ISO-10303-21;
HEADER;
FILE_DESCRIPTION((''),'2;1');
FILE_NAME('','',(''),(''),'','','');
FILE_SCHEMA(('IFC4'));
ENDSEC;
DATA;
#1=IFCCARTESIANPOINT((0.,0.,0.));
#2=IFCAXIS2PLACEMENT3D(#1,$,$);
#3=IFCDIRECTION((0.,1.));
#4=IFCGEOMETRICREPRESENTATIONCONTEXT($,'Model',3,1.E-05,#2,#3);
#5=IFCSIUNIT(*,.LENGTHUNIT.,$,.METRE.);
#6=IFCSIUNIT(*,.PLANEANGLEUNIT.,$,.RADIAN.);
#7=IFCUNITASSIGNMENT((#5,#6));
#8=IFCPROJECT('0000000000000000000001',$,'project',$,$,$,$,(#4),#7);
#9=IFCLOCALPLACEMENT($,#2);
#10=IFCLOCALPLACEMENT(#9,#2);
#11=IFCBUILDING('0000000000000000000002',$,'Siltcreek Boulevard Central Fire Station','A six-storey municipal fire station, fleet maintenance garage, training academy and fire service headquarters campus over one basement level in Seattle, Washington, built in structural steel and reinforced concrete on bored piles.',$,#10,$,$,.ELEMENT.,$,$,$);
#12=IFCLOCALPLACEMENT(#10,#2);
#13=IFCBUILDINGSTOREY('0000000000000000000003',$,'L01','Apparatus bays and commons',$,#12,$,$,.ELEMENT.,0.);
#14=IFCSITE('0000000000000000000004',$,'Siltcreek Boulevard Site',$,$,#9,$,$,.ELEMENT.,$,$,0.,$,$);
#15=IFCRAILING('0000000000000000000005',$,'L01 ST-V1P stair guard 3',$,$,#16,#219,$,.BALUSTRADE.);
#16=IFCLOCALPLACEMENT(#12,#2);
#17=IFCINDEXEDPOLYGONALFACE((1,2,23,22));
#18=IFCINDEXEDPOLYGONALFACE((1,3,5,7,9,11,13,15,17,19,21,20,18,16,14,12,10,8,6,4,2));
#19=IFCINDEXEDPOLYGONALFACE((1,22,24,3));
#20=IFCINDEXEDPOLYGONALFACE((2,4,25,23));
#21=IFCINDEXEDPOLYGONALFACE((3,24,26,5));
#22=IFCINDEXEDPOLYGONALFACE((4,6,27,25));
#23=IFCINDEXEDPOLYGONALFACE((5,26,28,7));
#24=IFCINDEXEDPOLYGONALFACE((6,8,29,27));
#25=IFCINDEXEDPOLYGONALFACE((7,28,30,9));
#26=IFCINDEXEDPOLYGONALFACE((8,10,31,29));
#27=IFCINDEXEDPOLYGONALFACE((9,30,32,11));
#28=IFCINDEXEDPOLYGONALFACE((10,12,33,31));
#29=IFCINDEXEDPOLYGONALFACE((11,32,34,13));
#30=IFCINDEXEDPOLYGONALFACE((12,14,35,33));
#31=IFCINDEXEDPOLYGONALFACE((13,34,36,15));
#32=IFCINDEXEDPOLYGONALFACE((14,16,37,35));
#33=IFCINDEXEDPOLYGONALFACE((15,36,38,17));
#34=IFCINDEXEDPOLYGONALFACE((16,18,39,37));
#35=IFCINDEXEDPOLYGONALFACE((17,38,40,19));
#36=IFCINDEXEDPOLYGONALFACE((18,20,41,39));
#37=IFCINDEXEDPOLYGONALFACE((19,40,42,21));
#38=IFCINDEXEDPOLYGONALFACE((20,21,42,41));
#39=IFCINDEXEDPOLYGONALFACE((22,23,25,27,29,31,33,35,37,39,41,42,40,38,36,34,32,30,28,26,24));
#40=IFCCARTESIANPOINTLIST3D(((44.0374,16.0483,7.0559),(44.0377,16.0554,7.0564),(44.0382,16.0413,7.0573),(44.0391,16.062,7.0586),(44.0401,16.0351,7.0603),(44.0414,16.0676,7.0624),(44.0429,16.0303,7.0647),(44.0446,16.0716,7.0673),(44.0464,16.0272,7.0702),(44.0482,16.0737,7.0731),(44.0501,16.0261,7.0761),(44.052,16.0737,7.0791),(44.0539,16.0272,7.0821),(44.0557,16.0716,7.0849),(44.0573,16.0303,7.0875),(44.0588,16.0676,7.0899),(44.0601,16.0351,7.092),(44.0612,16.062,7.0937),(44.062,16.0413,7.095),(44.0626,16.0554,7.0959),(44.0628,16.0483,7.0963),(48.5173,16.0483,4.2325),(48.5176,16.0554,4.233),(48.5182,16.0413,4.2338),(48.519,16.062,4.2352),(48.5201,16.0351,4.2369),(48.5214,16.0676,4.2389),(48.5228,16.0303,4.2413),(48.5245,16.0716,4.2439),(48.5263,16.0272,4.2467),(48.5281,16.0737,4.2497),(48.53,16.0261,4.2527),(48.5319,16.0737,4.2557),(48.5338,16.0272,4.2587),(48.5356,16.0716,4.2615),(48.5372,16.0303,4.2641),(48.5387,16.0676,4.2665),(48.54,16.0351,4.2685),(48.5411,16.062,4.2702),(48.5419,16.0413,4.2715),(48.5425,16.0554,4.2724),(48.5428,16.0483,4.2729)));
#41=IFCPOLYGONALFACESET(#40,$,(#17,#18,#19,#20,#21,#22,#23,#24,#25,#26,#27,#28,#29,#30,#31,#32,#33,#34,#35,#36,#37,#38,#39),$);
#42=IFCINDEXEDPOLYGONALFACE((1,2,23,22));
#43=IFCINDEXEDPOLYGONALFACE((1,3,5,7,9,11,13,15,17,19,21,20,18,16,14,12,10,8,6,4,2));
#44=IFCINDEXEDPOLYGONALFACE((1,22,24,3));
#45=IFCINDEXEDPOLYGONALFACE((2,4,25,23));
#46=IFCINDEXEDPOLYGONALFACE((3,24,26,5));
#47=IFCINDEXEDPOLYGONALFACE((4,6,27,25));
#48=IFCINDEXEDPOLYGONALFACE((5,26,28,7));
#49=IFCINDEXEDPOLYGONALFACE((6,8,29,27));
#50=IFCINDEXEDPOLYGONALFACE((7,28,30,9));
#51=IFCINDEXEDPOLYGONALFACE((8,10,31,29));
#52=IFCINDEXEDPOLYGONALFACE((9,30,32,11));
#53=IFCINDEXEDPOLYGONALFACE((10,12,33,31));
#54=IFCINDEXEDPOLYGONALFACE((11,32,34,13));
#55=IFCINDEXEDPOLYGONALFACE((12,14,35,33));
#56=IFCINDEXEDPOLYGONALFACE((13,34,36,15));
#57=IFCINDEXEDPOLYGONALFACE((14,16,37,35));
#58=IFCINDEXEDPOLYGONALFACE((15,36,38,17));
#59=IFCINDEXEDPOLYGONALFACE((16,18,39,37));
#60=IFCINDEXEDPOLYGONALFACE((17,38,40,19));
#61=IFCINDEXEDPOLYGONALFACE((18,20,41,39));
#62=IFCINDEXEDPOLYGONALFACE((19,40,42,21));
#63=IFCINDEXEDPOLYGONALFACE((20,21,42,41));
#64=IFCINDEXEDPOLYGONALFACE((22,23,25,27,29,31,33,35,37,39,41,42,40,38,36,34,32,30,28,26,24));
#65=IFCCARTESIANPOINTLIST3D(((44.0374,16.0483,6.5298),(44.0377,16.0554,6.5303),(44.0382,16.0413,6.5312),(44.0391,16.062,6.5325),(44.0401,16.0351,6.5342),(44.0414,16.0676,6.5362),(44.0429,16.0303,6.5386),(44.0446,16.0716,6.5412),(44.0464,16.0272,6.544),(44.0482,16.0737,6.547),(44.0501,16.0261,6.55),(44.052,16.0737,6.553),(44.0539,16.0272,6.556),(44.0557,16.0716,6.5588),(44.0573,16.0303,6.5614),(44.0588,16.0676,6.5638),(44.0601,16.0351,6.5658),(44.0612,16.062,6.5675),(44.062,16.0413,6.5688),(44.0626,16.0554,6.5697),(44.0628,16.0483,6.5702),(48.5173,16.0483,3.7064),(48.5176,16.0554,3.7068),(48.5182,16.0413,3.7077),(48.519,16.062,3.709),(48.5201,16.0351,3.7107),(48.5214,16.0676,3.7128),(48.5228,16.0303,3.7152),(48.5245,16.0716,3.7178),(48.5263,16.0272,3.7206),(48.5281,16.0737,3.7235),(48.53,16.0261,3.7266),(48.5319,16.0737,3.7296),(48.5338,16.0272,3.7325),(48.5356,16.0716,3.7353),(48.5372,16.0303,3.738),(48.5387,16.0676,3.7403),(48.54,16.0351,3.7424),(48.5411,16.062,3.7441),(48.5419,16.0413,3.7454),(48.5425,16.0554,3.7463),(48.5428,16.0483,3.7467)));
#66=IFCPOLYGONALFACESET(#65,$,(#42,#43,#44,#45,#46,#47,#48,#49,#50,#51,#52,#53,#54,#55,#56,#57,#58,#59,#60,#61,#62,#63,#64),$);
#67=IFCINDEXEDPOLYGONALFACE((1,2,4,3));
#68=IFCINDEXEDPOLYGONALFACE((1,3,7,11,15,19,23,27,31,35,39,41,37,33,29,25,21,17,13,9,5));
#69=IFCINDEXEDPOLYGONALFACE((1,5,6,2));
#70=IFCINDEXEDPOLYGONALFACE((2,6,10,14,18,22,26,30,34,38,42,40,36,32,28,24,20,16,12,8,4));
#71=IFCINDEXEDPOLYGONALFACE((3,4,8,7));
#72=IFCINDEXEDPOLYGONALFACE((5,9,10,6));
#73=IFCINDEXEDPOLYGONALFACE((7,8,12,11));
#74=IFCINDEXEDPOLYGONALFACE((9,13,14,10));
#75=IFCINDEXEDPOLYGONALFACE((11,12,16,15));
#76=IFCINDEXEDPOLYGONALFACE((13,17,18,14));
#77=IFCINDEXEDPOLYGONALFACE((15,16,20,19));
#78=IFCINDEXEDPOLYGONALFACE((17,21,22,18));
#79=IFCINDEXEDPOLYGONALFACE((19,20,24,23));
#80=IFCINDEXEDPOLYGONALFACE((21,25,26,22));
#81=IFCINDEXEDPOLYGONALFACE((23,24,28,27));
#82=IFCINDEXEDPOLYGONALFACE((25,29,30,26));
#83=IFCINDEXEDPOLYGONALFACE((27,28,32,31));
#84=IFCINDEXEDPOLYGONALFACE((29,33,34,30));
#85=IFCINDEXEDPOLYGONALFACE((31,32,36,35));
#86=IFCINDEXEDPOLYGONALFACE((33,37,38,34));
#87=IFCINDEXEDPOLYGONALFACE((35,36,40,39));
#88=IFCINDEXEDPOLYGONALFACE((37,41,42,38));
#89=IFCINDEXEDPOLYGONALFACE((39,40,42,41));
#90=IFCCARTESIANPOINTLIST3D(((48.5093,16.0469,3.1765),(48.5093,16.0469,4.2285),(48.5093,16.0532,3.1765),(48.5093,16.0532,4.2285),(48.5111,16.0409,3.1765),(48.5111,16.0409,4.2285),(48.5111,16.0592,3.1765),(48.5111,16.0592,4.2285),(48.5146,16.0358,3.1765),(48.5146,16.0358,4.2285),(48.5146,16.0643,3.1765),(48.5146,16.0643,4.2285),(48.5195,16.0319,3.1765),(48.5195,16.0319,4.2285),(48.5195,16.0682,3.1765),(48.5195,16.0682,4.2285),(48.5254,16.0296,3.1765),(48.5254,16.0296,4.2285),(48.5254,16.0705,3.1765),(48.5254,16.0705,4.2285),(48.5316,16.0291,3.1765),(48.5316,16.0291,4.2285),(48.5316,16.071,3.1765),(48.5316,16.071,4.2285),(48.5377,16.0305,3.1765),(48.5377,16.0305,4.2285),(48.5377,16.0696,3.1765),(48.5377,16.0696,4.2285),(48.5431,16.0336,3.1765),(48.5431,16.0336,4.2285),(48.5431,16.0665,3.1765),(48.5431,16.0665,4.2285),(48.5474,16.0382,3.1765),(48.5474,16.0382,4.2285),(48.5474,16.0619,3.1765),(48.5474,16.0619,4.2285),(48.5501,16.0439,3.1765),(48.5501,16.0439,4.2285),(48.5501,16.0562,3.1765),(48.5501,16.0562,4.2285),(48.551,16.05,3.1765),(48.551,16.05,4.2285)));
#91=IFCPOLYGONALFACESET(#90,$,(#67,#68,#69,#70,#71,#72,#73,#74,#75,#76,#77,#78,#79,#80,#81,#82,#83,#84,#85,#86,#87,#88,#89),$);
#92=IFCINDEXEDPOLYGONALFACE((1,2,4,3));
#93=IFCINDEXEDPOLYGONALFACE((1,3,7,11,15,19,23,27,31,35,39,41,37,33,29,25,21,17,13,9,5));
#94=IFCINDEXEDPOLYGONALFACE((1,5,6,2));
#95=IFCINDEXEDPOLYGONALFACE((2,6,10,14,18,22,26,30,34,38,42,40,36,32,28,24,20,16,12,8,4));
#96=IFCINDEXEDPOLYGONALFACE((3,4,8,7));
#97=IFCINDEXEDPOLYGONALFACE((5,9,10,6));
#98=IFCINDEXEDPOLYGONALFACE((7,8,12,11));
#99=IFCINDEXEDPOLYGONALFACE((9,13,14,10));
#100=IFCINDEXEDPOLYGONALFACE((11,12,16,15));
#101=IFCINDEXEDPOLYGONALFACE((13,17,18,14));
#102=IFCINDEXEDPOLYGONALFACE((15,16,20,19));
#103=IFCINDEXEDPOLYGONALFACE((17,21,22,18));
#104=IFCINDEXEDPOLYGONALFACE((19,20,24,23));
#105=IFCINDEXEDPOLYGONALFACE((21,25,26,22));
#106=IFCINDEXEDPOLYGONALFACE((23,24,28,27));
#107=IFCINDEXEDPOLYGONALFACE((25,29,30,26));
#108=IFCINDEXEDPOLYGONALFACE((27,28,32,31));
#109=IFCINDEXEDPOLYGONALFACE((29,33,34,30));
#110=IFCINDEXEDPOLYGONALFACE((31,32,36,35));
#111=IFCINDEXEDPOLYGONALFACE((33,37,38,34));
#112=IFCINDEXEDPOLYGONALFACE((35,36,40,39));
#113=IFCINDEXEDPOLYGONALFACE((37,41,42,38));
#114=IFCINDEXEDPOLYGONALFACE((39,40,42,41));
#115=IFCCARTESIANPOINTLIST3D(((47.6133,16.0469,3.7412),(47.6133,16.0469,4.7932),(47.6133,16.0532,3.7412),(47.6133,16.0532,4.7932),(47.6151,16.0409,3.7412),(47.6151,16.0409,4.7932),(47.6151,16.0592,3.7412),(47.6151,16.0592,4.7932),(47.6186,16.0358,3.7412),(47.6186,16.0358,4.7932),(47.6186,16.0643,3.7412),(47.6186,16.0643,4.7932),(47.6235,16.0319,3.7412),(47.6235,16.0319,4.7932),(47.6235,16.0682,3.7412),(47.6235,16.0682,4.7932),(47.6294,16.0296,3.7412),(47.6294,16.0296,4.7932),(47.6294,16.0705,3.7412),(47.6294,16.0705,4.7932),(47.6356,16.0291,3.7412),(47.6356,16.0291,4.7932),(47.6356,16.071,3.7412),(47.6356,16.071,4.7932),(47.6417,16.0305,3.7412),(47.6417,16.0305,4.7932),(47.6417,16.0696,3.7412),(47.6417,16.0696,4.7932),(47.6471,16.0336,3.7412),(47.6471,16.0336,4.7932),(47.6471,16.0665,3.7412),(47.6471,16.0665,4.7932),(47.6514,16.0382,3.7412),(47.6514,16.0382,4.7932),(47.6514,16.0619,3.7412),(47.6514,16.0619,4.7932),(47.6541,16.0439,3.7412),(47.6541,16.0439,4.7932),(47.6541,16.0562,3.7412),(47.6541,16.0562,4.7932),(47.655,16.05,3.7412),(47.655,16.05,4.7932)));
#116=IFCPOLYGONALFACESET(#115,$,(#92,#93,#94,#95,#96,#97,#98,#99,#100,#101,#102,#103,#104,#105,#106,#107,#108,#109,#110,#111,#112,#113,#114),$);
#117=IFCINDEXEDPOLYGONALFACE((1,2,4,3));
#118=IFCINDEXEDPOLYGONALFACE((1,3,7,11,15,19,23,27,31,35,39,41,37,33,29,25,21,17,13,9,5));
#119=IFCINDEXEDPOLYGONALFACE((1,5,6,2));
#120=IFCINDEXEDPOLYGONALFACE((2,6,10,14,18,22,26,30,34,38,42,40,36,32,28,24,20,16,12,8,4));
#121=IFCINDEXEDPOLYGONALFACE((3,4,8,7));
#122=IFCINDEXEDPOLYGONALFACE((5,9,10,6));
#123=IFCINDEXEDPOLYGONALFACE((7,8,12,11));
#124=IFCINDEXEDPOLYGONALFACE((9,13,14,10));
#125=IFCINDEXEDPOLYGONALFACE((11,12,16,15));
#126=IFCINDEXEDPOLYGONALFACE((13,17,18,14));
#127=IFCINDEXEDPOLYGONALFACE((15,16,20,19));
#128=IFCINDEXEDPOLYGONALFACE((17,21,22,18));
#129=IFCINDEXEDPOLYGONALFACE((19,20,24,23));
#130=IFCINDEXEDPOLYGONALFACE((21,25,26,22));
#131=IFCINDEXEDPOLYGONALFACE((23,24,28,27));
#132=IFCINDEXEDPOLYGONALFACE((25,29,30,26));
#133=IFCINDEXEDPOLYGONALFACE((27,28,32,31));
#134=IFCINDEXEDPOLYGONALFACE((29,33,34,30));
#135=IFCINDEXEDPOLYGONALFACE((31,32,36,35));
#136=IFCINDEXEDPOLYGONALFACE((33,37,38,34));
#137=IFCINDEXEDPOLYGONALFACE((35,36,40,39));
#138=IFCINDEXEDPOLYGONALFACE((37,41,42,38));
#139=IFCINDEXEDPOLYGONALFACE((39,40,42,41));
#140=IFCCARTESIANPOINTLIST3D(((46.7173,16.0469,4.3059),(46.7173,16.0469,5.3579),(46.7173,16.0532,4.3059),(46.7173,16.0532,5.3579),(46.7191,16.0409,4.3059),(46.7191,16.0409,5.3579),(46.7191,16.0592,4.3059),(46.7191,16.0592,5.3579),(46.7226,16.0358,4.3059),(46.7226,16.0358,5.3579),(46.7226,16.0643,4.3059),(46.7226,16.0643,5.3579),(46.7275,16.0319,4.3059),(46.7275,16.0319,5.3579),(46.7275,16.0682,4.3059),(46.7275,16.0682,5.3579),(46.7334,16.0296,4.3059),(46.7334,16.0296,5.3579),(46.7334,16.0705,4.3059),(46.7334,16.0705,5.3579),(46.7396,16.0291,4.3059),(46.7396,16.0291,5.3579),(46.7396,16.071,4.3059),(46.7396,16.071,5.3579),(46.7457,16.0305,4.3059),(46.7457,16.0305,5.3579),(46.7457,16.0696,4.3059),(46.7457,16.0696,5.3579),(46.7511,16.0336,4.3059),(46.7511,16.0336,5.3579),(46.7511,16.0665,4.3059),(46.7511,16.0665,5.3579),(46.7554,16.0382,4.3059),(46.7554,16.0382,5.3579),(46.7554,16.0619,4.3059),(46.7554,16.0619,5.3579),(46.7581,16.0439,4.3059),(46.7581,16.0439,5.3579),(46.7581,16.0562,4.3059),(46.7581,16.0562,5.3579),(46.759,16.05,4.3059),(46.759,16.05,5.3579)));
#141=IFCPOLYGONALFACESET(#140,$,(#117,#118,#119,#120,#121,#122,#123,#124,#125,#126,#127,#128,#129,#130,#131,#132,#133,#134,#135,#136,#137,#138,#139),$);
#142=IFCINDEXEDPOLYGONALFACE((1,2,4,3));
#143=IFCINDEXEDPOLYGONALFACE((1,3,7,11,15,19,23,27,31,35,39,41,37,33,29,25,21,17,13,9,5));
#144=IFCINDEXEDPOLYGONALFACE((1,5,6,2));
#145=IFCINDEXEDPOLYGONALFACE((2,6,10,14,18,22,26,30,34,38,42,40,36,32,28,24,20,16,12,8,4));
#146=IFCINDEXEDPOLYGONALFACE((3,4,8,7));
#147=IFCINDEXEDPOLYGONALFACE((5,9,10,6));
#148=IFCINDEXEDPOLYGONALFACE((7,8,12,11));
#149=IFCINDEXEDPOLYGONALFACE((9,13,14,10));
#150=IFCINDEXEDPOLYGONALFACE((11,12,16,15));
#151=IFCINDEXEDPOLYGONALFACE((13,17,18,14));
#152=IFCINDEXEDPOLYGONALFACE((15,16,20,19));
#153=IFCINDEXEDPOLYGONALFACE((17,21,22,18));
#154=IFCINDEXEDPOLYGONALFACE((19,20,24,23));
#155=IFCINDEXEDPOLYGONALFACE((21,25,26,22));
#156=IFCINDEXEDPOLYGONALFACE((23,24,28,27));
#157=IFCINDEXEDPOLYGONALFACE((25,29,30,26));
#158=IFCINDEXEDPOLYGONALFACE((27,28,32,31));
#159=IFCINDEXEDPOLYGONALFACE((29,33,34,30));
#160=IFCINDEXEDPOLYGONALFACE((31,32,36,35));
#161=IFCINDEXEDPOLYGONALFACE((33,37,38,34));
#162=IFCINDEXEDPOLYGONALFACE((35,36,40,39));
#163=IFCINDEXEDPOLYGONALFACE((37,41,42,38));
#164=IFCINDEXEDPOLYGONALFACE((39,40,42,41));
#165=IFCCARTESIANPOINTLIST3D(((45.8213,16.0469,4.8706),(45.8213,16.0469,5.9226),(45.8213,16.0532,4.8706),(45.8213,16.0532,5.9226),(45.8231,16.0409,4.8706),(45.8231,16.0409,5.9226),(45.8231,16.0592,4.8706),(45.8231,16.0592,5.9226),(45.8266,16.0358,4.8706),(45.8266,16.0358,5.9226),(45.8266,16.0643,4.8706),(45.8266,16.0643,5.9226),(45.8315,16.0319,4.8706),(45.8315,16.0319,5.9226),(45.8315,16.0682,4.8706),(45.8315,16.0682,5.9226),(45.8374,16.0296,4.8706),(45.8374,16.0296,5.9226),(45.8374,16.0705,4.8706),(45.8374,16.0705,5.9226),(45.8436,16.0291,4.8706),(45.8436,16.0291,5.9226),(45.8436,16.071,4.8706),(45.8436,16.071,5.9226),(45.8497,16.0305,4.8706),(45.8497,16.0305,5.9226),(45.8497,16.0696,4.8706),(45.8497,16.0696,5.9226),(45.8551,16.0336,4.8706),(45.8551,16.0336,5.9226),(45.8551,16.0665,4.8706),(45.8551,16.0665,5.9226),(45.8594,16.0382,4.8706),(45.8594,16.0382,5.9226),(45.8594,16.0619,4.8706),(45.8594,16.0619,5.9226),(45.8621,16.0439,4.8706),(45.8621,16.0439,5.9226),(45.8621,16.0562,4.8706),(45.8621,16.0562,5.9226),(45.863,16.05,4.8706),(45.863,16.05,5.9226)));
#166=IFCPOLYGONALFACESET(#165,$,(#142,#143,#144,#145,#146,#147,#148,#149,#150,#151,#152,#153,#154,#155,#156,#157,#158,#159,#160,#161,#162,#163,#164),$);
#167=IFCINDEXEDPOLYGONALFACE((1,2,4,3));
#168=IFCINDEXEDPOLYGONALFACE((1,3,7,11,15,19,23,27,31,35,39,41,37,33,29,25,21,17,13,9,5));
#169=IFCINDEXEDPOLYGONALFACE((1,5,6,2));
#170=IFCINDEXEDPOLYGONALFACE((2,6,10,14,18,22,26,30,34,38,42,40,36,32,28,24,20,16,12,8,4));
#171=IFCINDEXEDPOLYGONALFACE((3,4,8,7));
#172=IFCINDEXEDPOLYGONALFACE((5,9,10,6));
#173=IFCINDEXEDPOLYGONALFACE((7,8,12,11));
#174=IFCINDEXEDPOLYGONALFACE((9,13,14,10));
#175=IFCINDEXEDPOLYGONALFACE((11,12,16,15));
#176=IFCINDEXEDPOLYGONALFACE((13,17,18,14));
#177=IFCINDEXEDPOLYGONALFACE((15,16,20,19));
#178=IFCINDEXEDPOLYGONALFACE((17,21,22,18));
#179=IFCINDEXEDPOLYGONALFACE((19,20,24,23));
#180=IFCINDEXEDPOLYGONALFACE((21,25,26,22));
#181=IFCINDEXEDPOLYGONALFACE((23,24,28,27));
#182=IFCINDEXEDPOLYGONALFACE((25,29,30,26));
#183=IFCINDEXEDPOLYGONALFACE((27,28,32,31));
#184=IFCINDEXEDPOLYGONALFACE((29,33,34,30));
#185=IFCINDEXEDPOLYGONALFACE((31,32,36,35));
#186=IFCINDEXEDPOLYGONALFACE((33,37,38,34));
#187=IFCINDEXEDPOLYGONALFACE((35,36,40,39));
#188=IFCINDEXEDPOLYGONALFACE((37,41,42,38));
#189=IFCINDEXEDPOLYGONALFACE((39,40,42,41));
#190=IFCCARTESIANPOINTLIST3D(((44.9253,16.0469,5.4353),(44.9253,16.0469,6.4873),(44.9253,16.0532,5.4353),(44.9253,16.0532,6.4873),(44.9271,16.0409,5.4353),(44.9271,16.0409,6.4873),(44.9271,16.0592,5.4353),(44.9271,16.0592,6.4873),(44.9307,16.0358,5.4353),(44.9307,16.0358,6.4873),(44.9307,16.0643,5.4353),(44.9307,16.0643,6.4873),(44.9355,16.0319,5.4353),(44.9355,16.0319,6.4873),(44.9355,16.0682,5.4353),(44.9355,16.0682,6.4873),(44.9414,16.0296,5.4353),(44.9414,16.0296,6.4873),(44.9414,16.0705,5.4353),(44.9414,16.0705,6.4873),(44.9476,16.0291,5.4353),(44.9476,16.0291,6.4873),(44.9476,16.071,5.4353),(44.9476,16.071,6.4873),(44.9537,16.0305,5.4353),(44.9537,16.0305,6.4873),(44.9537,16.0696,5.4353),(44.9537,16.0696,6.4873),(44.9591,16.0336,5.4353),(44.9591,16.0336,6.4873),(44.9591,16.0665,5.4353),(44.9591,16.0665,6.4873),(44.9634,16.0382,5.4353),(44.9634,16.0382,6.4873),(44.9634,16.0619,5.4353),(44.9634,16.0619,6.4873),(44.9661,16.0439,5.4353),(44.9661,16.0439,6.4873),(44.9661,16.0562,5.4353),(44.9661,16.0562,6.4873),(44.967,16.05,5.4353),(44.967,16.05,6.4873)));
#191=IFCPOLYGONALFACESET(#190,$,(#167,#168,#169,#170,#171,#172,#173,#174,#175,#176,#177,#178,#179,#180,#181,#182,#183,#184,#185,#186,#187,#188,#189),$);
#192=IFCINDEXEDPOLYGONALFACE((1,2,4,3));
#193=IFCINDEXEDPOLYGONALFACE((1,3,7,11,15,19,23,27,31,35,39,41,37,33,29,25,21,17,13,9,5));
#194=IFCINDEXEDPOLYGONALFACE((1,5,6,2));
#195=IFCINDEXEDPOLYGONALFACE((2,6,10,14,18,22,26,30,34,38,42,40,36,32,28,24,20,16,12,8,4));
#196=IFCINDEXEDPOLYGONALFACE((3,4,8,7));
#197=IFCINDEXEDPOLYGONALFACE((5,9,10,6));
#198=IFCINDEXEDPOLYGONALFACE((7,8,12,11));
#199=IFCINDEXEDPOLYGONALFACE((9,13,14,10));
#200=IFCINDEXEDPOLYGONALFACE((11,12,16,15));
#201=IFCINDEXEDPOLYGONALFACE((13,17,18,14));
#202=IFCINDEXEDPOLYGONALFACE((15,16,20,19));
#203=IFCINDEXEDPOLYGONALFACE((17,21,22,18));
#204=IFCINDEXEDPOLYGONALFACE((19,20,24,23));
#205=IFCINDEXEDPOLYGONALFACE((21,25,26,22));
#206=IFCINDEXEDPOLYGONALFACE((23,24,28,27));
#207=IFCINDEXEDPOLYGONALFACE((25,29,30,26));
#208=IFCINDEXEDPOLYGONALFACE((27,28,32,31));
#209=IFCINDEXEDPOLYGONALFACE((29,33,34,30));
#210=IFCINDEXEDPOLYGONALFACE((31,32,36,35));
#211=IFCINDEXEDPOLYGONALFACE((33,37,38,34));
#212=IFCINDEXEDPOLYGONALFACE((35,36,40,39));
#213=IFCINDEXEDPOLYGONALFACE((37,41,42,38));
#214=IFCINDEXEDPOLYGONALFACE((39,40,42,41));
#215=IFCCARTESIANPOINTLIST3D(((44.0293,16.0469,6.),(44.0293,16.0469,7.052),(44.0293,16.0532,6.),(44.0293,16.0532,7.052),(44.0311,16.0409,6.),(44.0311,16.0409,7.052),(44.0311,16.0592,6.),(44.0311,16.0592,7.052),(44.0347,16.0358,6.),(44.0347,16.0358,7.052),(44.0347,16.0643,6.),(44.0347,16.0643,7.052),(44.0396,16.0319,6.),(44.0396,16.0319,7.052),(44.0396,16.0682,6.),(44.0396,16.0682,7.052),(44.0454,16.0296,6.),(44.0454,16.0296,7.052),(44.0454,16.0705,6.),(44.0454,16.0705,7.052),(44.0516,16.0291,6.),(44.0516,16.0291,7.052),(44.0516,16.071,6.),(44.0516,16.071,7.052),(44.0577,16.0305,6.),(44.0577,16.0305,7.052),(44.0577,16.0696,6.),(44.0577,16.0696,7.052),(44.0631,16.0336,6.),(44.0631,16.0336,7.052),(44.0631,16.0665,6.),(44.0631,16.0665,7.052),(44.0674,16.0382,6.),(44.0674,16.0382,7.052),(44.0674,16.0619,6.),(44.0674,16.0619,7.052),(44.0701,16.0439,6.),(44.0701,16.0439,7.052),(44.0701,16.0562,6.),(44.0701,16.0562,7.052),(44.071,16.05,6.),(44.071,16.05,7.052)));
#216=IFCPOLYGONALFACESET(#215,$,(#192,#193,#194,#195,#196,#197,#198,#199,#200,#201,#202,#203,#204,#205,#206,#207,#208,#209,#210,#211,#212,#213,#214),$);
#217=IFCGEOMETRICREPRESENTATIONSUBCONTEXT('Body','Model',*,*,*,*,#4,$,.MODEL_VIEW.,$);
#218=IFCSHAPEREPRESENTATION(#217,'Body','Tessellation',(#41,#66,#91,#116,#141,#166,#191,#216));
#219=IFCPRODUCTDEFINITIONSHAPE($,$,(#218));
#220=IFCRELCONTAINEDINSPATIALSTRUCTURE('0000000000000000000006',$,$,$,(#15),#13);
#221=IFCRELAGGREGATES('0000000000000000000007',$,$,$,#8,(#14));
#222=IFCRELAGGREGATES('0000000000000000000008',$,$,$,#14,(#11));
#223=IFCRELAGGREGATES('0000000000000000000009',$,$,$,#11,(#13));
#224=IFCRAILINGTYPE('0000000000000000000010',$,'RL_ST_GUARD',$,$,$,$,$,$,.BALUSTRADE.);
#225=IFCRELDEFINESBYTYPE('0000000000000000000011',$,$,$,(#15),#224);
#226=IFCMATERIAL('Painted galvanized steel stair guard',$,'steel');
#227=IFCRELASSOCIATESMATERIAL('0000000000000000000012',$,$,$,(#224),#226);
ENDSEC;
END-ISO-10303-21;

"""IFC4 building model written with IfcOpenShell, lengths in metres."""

from ifc_helpers import new_model, si_unit, direction, frame, origin, origin_2d, place, context, subcontext, project, spatial, circle, extrude, material, type_object, element, save


model = new_model("IFC4")

# Units and contexts
model_context = context("Model", 3, precision=1e-05, world=origin(), true_north=direction((0.0, 1.0)))
body_context = subcontext(model_context, "Body", "Model", "MODEL_VIEW")
ifc_project = project(units=[si_unit("LENGTHUNIT", "METRE"), si_unit("PLANEANGLEUNIT", "RADIAN")], contexts=[model_context])

# Site, building, storey
site_placement = place(None, origin())
site = spatial("IfcSite", under=ifc_project, at=site_placement, Name="Siltcreek Boulevard Site", CompositionType="ELEMENT", RefElevation=0.0)
building_placement = place(site_placement, origin())
building = spatial("IfcBuilding", under=site, at=building_placement, Name="Siltcreek Boulevard Central Fire Station", Description="A six-storey municipal fire station, fleet maintenance garage, training academy and fire service headquarters campus over one basement level in Seattle, Washington, built in structural steel and reinforced concrete on bored piles.", CompositionType="ELEMENT")
storey_placement = place(building_placement, origin())
storey = spatial("IfcBuildingStorey", under=building, at=storey_placement, Name="L01", Description="Apparatus bays and commons", CompositionType="ELEMENT", Elevation=0.0)

# Railing
ifc_material_1 = material(Name="Painted galvanized steel stair guard", Category="steel")
railing_type_1 = type_object("IfcRailingType", Name="RL_ST_GUARD", PredefinedType="BALUSTRADE", material=ifc_material_1)
railing_1_placement = place(storey_placement, frame((48.53, 16.05, 3.1765)))
element("IfcRailing", 1, at=railing_1_placement, inside=storey, type_object=railing_type_1, Name="L01 ST-V1P stair guard 3", PredefinedType="BALUSTRADE", context=body_context, shape_type="SweptSolid", body=[
    extrude(circle(Radius=0.0239, at=origin_2d()), frame((0.0, 0.0, 1.0762), z_axis=(-0.845998, 0.0, 0.533186), x_axis=(0.0, -1.0, 0.0)), (0.0, 0.0, 1.0), 5.2954),
    extrude(circle(Radius=0.0239, at=origin_2d()), frame((0.0, 0.0, 0.55), z_axis=(-0.845998, 0.0, 0.533186), x_axis=(0.0, -1.0, 0.0)), (0.0, 0.0, 1.0), 5.2954),
    extrude(circle(Radius=0.021, at=origin_2d()), origin(), (0.0, 0.0, 1.0), 1.052),
    extrude(circle(Radius=0.021, at=origin_2d()), frame((-0.896, 0.0, 0.5647)), (0.0, 0.0, 1.0), 1.052),
    extrude(circle(Radius=0.021, at=origin_2d()), frame((-1.792, 0.0, 1.1294)), (0.0, 0.0, 1.0), 1.052),
    extrude(circle(Radius=0.021, at=origin_2d()), frame((-2.688, 0.0, 1.6941)), (0.0, 0.0, 1.0), 1.052),
    extrude(circle(Radius=0.021, at=origin_2d()), frame((-3.584, 0.0, 2.2588)), (0.0, 0.0, 1.0), 1.052),
    extrude(circle(Radius=0.021, at=origin_2d()), frame((-4.48, 0.0, 2.8235)), (0.0, 0.0, 1.0), 1.052),
])

save(model, "model.ifc")
